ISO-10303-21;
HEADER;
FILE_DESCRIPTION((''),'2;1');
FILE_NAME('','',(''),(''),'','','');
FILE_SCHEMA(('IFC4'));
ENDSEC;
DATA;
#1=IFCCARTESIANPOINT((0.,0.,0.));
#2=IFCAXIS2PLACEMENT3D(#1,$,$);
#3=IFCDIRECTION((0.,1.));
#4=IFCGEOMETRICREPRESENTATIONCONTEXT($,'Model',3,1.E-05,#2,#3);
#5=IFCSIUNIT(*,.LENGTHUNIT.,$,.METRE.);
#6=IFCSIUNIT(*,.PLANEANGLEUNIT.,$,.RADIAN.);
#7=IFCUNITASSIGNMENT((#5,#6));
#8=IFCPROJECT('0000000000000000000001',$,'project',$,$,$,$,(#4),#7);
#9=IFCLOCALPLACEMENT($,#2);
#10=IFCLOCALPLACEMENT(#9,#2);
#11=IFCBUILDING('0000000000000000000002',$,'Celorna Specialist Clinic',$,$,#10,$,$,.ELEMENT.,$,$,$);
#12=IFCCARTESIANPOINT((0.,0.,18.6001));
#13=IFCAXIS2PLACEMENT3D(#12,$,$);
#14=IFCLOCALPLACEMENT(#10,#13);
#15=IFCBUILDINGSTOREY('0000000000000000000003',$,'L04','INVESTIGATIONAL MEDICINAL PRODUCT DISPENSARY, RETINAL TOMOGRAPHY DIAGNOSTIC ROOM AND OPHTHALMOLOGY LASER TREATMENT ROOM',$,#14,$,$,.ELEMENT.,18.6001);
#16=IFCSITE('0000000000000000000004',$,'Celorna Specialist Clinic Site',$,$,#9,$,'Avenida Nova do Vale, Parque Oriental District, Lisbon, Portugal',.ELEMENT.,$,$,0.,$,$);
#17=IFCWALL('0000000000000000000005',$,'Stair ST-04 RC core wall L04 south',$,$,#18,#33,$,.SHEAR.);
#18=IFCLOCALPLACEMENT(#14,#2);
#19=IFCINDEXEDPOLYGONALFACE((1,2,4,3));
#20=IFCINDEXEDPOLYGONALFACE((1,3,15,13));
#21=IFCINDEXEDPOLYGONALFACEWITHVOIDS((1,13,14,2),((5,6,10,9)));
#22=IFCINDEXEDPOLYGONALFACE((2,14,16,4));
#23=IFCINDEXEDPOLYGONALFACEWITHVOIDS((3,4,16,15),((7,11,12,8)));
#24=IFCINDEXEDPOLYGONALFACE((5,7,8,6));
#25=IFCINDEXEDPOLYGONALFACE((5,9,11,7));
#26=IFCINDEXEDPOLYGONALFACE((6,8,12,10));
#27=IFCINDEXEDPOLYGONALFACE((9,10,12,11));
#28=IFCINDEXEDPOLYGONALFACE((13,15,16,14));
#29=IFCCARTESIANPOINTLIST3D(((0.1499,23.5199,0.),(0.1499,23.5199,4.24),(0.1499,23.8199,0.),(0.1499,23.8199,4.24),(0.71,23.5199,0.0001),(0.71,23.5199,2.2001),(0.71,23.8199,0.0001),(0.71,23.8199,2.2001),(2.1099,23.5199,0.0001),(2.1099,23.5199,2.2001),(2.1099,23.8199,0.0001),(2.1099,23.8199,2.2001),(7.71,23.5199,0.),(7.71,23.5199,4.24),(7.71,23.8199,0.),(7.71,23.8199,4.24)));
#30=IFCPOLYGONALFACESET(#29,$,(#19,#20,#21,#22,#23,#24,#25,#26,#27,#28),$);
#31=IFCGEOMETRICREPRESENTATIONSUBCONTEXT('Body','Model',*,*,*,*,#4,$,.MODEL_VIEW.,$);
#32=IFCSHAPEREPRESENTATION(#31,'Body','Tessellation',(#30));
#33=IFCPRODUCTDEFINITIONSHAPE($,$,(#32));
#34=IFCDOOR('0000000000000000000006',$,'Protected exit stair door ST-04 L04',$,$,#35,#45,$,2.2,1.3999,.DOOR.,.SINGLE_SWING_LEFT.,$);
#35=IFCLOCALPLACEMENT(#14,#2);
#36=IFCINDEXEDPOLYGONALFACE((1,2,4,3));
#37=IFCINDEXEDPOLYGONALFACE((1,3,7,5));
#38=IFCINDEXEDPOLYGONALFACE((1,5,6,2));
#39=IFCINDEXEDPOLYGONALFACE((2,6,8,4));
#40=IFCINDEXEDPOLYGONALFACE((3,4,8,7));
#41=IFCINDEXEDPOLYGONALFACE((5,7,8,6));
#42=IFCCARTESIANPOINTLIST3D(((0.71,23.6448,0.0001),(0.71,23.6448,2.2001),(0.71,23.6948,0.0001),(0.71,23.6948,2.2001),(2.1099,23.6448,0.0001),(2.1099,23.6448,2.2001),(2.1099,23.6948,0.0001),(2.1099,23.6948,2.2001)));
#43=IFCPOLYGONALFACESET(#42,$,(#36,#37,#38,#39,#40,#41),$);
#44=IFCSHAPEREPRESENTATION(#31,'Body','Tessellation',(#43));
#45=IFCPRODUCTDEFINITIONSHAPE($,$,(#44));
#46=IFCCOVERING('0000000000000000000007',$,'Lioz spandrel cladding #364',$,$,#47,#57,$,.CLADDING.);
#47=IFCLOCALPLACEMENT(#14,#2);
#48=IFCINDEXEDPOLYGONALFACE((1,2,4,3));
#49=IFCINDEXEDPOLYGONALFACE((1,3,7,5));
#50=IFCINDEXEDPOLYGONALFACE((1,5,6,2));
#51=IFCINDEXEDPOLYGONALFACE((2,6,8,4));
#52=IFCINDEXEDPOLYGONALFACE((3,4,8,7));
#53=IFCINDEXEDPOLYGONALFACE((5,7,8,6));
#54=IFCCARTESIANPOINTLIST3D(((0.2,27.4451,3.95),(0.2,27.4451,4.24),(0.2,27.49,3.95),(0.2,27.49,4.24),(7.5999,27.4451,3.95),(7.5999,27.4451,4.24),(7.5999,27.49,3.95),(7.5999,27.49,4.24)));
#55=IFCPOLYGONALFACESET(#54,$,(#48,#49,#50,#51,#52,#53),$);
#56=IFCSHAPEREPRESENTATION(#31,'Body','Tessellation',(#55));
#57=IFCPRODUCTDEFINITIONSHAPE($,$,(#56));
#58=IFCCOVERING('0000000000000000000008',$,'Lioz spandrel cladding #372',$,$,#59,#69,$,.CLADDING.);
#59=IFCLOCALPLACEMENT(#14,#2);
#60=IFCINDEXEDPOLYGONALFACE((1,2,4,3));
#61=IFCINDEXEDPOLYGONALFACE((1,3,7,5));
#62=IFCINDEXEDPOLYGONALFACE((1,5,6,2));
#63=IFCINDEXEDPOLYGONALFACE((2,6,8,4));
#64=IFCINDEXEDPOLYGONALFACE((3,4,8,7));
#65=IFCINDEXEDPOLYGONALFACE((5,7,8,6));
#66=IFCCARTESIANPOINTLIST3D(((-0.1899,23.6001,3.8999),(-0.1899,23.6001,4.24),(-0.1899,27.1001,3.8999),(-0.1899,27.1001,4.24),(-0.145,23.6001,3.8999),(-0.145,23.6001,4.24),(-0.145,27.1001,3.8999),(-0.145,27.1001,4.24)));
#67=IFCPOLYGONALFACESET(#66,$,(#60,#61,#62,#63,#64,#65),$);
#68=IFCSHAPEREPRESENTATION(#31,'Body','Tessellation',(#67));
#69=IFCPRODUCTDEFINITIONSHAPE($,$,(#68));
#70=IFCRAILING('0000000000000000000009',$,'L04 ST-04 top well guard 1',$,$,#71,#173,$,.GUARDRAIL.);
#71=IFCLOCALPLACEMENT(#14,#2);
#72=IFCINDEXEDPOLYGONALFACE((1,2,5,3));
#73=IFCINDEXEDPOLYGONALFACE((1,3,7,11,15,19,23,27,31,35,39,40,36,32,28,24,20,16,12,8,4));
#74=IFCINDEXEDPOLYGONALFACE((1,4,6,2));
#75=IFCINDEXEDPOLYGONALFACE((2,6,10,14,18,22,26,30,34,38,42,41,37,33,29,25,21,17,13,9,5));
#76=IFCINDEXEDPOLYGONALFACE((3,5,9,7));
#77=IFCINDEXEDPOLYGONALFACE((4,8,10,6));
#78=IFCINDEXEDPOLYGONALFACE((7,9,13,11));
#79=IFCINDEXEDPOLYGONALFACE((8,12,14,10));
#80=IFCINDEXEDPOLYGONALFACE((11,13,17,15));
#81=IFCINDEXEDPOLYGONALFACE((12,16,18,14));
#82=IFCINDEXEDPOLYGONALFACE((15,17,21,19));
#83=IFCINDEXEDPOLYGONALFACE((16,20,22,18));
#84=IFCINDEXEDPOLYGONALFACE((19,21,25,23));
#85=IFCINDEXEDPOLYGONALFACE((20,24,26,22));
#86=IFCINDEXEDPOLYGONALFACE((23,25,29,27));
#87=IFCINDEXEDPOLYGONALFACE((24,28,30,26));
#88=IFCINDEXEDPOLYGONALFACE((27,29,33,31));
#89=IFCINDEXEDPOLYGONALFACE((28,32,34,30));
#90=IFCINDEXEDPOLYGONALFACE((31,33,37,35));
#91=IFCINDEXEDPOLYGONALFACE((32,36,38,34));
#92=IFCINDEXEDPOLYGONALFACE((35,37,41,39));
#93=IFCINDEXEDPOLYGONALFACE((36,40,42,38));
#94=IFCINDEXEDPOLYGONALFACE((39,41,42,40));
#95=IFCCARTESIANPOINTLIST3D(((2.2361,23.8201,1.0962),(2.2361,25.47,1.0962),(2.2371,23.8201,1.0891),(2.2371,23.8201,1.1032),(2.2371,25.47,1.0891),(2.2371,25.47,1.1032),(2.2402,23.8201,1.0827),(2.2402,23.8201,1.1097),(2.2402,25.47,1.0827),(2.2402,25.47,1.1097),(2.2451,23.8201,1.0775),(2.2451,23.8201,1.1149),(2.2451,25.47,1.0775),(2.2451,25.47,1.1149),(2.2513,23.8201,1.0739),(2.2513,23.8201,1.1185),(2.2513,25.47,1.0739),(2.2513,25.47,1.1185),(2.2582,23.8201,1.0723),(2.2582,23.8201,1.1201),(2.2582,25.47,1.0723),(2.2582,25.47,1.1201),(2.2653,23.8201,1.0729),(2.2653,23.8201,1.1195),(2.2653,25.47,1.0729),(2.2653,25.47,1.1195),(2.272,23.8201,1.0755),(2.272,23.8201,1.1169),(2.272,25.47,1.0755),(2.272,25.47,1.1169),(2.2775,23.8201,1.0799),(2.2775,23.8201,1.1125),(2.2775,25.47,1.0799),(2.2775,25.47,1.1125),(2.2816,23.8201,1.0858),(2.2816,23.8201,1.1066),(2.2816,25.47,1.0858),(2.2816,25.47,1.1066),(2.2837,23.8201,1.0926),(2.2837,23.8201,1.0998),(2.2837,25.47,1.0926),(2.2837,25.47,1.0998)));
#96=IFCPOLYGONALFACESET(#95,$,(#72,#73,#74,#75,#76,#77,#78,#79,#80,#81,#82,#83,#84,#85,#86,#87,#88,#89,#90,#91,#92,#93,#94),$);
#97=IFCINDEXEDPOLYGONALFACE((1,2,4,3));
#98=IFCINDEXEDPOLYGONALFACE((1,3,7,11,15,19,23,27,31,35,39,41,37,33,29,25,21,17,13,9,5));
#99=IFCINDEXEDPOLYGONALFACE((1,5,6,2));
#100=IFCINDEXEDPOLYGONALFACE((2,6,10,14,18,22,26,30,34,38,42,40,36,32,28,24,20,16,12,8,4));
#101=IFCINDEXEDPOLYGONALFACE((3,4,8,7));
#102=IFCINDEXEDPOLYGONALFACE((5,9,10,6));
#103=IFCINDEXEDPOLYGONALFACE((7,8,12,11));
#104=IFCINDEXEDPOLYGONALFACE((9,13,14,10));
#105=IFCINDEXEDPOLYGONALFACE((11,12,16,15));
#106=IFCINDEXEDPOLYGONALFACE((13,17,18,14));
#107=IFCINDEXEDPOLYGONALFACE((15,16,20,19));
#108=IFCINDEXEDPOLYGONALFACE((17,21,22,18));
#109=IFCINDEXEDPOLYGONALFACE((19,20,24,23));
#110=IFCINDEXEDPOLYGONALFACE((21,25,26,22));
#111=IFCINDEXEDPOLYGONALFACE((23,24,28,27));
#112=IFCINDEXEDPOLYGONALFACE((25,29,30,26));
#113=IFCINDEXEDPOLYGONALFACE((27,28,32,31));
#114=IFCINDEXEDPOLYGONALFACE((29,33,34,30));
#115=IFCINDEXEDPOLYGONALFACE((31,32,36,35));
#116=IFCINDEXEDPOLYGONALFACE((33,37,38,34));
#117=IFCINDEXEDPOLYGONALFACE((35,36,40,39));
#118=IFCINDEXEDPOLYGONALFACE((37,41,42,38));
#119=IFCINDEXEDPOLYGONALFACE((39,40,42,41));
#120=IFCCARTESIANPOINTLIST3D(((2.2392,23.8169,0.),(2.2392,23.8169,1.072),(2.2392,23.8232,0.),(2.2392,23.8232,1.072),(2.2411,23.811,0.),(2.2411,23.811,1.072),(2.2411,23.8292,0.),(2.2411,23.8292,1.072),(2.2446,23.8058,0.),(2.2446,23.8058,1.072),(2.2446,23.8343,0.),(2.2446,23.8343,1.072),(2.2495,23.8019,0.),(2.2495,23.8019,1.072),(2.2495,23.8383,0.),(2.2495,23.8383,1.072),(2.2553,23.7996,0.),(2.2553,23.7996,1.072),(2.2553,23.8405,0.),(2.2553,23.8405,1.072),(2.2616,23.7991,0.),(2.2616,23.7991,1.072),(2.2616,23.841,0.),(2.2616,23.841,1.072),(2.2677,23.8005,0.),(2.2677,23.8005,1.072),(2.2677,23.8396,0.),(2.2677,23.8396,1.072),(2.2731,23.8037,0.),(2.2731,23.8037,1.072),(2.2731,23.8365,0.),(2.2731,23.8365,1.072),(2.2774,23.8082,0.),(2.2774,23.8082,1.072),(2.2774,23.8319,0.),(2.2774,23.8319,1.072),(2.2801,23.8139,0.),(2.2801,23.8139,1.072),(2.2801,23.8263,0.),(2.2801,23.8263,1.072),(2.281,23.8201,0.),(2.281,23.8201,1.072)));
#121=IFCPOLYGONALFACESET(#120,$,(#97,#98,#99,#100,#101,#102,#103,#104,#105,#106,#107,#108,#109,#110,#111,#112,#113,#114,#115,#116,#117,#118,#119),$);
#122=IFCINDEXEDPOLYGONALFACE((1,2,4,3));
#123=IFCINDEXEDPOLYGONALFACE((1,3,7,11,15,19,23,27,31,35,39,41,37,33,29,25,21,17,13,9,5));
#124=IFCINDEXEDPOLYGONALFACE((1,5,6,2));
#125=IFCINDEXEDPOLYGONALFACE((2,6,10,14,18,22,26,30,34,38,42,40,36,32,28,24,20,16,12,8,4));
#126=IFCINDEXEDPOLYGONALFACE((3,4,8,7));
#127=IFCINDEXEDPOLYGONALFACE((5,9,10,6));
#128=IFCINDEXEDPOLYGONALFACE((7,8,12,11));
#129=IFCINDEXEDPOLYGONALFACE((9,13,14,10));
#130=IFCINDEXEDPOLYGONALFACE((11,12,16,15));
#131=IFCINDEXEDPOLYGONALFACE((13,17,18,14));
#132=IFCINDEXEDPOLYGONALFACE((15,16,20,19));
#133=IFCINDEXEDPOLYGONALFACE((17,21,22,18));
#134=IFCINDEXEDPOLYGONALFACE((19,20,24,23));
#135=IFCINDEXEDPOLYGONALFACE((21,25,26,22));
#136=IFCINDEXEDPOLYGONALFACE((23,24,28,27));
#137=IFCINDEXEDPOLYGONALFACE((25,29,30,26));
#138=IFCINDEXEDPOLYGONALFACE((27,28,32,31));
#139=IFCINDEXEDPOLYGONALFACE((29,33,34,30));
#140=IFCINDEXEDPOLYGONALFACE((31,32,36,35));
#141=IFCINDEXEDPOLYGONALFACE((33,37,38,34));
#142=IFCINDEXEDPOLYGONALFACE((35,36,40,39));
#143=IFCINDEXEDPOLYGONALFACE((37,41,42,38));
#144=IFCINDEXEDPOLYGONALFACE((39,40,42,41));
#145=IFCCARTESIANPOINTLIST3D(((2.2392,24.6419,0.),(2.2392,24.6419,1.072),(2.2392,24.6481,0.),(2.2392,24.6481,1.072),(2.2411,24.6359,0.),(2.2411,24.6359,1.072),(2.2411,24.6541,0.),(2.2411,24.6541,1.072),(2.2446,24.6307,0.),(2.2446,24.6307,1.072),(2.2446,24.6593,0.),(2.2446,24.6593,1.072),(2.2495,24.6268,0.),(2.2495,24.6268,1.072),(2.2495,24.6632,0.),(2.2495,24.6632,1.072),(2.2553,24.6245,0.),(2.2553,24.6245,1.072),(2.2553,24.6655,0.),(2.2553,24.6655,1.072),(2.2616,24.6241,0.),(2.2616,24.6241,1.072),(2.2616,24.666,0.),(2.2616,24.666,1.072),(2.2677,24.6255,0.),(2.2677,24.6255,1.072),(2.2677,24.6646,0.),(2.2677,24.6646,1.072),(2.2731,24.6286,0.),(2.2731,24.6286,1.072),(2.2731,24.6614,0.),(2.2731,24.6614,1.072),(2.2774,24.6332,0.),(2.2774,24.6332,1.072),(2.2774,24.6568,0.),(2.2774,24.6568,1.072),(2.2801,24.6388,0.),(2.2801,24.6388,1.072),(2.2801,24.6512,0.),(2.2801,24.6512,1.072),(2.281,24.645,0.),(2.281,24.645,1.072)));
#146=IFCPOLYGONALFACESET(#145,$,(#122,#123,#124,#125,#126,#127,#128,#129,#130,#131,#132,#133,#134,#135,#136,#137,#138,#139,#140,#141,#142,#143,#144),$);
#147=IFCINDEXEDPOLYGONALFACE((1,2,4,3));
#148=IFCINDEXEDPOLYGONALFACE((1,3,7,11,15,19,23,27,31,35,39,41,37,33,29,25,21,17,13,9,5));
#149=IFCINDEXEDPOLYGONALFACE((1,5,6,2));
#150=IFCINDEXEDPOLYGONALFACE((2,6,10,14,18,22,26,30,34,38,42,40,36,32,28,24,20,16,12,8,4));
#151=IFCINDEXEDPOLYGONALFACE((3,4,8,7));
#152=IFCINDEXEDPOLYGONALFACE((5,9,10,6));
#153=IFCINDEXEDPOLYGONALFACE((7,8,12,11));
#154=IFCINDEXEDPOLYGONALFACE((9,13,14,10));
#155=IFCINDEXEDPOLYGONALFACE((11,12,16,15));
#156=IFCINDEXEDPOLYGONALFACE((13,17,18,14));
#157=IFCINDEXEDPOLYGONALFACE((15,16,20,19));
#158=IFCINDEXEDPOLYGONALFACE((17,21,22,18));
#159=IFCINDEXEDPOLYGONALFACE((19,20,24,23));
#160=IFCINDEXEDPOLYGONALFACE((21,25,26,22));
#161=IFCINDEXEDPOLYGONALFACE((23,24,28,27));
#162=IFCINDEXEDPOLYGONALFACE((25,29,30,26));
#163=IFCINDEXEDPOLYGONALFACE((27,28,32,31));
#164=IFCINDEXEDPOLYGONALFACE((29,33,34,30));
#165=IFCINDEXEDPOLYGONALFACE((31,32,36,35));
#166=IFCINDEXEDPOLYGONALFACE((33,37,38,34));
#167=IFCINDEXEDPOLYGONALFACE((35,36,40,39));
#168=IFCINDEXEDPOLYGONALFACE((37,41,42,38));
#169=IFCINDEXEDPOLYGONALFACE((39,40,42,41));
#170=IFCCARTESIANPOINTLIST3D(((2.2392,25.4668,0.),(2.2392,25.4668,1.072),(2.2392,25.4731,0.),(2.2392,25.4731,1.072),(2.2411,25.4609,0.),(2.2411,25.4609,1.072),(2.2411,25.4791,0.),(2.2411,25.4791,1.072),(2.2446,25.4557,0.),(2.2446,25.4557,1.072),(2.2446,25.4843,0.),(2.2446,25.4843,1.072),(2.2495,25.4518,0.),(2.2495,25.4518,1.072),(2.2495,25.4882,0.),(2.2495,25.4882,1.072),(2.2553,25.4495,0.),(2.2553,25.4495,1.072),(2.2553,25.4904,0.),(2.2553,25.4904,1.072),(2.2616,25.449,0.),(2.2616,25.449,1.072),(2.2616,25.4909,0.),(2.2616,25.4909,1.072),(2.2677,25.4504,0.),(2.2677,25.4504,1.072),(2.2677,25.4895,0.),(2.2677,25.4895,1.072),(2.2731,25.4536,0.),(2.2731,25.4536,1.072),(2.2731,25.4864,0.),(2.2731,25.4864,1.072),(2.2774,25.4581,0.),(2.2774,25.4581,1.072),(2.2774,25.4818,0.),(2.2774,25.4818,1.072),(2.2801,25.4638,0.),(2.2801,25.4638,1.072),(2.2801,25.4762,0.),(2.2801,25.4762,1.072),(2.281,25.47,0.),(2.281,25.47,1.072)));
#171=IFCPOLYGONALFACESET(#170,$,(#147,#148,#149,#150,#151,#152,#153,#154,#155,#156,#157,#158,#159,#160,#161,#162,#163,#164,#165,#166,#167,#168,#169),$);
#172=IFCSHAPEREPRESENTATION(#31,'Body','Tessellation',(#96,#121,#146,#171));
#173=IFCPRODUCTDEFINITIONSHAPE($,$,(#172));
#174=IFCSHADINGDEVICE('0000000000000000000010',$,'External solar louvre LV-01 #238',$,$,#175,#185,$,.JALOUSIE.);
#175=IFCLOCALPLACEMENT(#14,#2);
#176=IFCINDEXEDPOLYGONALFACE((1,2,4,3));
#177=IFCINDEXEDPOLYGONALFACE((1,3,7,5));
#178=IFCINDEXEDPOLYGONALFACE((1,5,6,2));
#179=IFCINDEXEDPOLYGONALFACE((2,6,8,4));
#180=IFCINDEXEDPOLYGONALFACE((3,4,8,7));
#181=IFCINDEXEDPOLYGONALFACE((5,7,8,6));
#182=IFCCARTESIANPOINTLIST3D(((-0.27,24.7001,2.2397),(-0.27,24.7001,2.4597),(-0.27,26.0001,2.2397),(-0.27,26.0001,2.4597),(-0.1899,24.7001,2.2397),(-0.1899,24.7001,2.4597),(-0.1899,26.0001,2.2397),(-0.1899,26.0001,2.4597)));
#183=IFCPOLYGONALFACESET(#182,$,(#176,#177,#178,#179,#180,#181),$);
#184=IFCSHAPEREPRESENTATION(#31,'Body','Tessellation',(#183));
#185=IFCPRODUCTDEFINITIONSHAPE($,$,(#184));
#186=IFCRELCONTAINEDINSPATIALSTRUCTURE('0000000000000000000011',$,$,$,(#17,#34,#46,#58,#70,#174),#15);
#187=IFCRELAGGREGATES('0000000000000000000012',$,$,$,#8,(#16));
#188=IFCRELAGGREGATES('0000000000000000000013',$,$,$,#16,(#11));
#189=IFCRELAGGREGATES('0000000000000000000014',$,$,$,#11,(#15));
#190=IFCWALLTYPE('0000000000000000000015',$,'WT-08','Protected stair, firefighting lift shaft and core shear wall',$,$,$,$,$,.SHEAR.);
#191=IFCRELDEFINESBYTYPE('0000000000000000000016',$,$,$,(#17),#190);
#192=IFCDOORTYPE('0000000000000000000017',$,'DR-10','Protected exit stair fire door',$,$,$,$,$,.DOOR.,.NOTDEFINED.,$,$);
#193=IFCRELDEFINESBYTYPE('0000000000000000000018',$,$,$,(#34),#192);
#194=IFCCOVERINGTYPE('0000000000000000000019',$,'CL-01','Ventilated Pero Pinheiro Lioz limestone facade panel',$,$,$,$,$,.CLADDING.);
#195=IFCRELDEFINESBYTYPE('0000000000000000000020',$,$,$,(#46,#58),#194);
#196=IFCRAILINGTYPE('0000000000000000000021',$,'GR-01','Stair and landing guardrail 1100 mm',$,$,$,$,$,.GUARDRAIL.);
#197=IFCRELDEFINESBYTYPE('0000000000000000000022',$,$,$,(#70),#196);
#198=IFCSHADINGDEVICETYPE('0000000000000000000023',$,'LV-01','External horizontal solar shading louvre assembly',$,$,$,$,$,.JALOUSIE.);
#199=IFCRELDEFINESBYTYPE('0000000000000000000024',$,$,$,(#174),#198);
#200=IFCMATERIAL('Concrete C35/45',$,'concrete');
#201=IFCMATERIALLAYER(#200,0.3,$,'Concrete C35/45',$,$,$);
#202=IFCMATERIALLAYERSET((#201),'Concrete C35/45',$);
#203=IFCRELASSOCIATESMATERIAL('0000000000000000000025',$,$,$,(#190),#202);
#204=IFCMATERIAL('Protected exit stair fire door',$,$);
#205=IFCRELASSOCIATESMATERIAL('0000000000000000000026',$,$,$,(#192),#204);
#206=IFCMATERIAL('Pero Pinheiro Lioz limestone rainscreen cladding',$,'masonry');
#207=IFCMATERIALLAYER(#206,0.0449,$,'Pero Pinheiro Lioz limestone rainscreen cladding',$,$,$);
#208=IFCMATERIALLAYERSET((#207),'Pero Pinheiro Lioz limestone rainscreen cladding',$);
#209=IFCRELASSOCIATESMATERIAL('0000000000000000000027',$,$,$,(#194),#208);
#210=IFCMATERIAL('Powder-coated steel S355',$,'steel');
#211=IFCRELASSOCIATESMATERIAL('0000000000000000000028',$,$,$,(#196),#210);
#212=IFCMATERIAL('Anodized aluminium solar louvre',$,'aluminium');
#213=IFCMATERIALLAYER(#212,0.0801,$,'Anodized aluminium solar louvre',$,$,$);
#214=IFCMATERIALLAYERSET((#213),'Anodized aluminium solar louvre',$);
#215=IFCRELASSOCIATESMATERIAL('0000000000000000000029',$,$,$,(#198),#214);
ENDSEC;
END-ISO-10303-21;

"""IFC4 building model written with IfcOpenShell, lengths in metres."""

from ifc_helpers import new_model, si_unit, direction, frame, frame_2d, origin, origin_2d, place, context, subcontext, project, spatial, rectangle, circle, extrude, material, layer, layer_set, type_object, element, fill, save


model = new_model("IFC4")

# Units and contexts
model_context = context("Model", 3, precision=1e-05, world=origin(), true_north=direction((0.0, 1.0)))
body_context = subcontext(model_context, "Body", "Model", "MODEL_VIEW")
ifc_project = project(units=[si_unit("LENGTHUNIT", "METRE"), si_unit("PLANEANGLEUNIT", "RADIAN")], contexts=[model_context])

# Site, building, storey
site_placement = place(None, origin())
site = spatial("IfcSite", under=ifc_project, at=site_placement, Name="Celorna Specialist Clinic Site", LongName="Avenida Nova do Vale, Parque Oriental District, Lisbon, Portugal", CompositionType="ELEMENT", RefElevation=0.0)
building_placement = place(site_placement, origin())
building = spatial("IfcBuilding", under=site, at=building_placement, Name="Celorna Specialist Clinic", CompositionType="ELEMENT")
storey_placement = place(building_placement, frame((0.0, 0.0, 18.6001)))
storey = spatial("IfcBuildingStorey", under=building, at=storey_placement, Name="L04", Description="INVESTIGATIONAL MEDICINAL PRODUCT DISPENSARY, RETINAL TOMOGRAPHY DIAGNOSTIC ROOM AND OPHTHALMOLOGY LASER TREATMENT ROOM", CompositionType="ELEMENT", Elevation=18.6001)

# Shared definitions
ifc_material_1 = material(Name="Concrete C35/45", Category="concrete")

# Wall, opening, door
ifc_layer_1 = layer(ifc_material_1, 0.3, Name="Concrete C35/45")
ifc_layer_set_1 = layer_set([ifc_layer_1], Name="Concrete C35/45")
wall_type_1 = type_object("IfcWallType", Name="WT-08", Description="Protected stair, firefighting lift shaft and core shear wall", PredefinedType="SHEAR", material=ifc_layer_set_1)
wall_1_placement = place(storey_placement, frame((0.1499, 23.6699, 0.0), z_axis=(0.0, 0.0, 1.0), x_axis=(1.0, 0.0, 0.0)))
wall_1 = element("IfcWall", 1, at=wall_1_placement, inside=storey, type_object=wall_type_1, Name="Stair ST-04 RC core wall L04 south", PredefinedType="SHEAR", context=body_context, shape_type="SweptSolid", body=[
    extrude(rectangle(XDim=7.5601, YDim=0.3, at=frame_2d((3.78, 0.0))), origin(), (0.0, 0.0, 1.0), 4.24),
])
opening_1_placement = place(wall_1_placement, frame((0.5601, 0.0, 0.0)))
opening_1 = element("IfcOpeningElement", 2, at=opening_1_placement, cuts=wall_1, PredefinedType="OPENING", context=body_context, shape_type="SweptSolid", body=[
    extrude(rectangle(XDim=1.3999, YDim=2.2, at=frame_2d((0.7, 1.1001))), frame((0.0, 0.1599, 0.0), z_axis=(0.0, -1.0, 0.0), x_axis=(1.0, 0.0, 0.0)), (0.0, 0.0, 1.0), 0.3201),
])
ifc_material_2 = material(Name="Protected exit stair fire door")
door_type = type_object("IfcDoorType", Name="DR-10", Description="Protected exit stair fire door", OperationType="NOTDEFINED", PredefinedType="DOOR", material=ifc_material_2)
door_placement = place(opening_1_placement, origin())
door = element("IfcDoor", 3, at=door_placement, inside=storey, type_object=door_type, Name="Protected exit stair door ST-04 L04", OperationType="SINGLE_SWING_LEFT", OverallHeight=2.2, OverallWidth=1.3999, PredefinedType="DOOR", context=body_context, shape_type="SweptSolid", body=[
    extrude(rectangle(XDim=1.3999, YDim=2.2, at=frame_2d((0.7, 1.1001))), frame((0.0, 0.0249, 0.0), z_axis=(0.0, -1.0, 0.0), x_axis=(1.0, 0.0, 0.0)), (0.0, 0.0, 1.0), 0.05),
])
fill(opening_1, door)

# Coverings
ifc_material_3 = material(Name="Pero Pinheiro Lioz limestone rainscreen cladding", Category="masonry")
ifc_layer_2 = layer(ifc_material_3, 0.0449, Name="Pero Pinheiro Lioz limestone rainscreen cladding")
ifc_layer_set_2 = layer_set([ifc_layer_2], Name="Pero Pinheiro Lioz limestone rainscreen cladding")
covering_type = type_object("IfcCoveringType", Name="CL-01", Description="Ventilated Pero Pinheiro Lioz limestone facade panel", PredefinedType="CLADDING", material=ifc_layer_set_2)
covering_1_placement = place(storey_placement, frame((3.8999, 27.4675, 3.95), z_axis=(0.0, 0.0, 1.0), x_axis=(1.0, 0.0, 0.0)))
element("IfcCovering", 4, at=covering_1_placement, inside=storey, type_object=covering_type, Name="Lioz spandrel cladding #364", PredefinedType="CLADDING", context=body_context, shape_type="SweptSolid", body=[
    extrude(rectangle(XDim=7.3999, YDim=0.0449, at=origin_2d()), origin(), (0.0, 0.0, 1.0), 0.29),
])
covering_2_placement = place(storey_placement, frame((-0.1675, 25.3501, 3.8999), z_axis=(0.0, 0.0, 1.0), x_axis=(0.0, 1.0, 0.0)))
element("IfcCovering", 5, at=covering_2_placement, inside=storey, type_object=covering_type, Name="Lioz spandrel cladding #372", PredefinedType="CLADDING", context=body_context, shape_type="SweptSolid", body=[
    extrude(rectangle(XDim=3.5, YDim=0.0449, at=origin_2d()), origin(), (0.0, 0.0, 1.0), 0.3401),
])

# Railing
ifc_material_4 = material(Name="Powder-coated steel S355", Category="steel")
railing_type = type_object("IfcRailingType", Name="GR-01", Description="Stair and landing guardrail 1100 mm", PredefinedType="GUARDRAIL", material=ifc_material_4)
railing_placement = place(storey_placement, frame((2.26, 23.8201, 0.0)))
element("IfcRailing", 6, at=railing_placement, inside=storey, type_object=railing_type, Name="L04 ST-04 top well guard 1", PredefinedType="GUARDRAIL", context=body_context, shape_type="SweptSolid", body=[
    extrude(circle(Radius=0.0239, at=origin_2d()), frame((0.0, 0.0, 1.0962), z_axis=(0.0, 1.0, 0.0), x_axis=(-1.0, 0.0, 0.0)), (0.0, 0.0, 1.0), 1.6499),
    extrude(circle(Radius=0.021, at=origin_2d()), origin(), (0.0, 0.0, 1.0), 1.072),
    extrude(circle(Radius=0.021, at=origin_2d()), frame((0.0, 0.825, 0.0)), (0.0, 0.0, 1.0), 1.072),
    extrude(circle(Radius=0.021, at=origin_2d()), frame((0.0, 1.6499, 0.0)), (0.0, 0.0, 1.0), 1.072),
])

# Shading device
ifc_material_5 = material(Name="Anodized aluminium solar louvre", Category="aluminium")
ifc_layer_3 = layer(ifc_material_5, 0.0801, Name="Anodized aluminium solar louvre")
ifc_layer_set_3 = layer_set([ifc_layer_3], Name="Anodized aluminium solar louvre")
shading_device_type = type_object("IfcShadingDeviceType", Name="LV-01", Description="External horizontal solar shading louvre assembly", PredefinedType="JALOUSIE", material=ifc_layer_set_3)
shading_device_placement = place(storey_placement, frame((-0.23, 25.3501, 2.2397), z_axis=(0.0, 0.0, 1.0), x_axis=(0.0, 1.0, 0.0)))
element("IfcShadingDevice", 7, at=shading_device_placement, inside=storey, type_object=shading_device_type, Name="External solar louvre LV-01 #238", PredefinedType="JALOUSIE", context=body_context, shape_type="SweptSolid", body=[
    extrude(rectangle(XDim=1.3, YDim=0.0801, at=origin_2d()), origin(), (0.0, 0.0, 1.0), 0.22),
])

save(model, "model.ifc")
